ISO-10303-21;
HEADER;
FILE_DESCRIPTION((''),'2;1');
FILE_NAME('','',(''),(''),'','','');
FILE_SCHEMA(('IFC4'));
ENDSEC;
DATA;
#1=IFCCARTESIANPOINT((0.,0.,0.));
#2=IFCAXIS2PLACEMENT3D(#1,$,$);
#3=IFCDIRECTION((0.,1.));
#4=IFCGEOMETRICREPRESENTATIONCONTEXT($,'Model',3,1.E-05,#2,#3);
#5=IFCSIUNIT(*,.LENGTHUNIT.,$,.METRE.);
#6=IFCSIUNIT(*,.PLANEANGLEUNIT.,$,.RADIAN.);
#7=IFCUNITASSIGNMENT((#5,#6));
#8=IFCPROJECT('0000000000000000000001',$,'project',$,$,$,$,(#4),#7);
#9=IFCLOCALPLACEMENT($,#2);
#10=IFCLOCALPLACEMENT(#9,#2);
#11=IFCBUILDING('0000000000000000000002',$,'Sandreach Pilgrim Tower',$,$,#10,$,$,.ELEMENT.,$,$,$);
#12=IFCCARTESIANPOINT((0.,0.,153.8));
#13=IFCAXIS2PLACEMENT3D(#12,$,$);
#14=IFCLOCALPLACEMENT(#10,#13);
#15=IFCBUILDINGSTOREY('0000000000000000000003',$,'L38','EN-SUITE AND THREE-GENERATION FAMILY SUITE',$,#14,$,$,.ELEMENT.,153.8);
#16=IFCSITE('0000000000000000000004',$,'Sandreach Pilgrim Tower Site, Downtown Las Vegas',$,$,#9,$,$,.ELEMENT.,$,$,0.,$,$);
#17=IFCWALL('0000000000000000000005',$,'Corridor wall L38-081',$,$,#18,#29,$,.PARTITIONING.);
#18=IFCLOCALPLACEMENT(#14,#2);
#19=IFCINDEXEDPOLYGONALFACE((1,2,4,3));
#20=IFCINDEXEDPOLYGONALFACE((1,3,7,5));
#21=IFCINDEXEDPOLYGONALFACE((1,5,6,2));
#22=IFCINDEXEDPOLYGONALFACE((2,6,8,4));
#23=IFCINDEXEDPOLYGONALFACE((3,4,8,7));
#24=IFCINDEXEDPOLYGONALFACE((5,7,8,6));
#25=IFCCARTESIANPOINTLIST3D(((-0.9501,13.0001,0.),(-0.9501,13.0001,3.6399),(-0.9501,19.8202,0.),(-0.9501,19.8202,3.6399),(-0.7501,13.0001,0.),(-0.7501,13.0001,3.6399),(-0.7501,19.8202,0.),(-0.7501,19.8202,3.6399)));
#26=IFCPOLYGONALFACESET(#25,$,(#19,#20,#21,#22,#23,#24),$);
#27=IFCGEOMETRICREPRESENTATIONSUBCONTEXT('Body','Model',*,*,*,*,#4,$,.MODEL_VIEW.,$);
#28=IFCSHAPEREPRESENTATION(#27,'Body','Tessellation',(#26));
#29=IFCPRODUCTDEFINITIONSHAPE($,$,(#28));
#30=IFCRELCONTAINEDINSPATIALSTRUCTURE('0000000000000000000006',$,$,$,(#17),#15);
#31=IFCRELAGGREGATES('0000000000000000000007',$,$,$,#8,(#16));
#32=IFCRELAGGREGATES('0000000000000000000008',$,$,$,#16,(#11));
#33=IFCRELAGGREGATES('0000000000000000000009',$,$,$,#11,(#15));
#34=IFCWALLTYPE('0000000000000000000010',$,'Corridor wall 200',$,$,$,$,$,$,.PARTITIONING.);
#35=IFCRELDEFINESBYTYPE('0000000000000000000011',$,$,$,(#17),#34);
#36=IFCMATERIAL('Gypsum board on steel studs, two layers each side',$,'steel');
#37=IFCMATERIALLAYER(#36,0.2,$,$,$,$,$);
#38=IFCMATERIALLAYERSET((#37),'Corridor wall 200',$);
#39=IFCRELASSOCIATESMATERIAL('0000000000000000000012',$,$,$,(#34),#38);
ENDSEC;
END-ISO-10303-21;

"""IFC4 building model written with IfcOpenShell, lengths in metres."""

from ifc_helpers import new_model, si_unit, direction, frame, frame_2d, origin, place, context, subcontext, project, spatial, rectangle, extrude, material, layer, layer_set, type_object, element, save


model = new_model("IFC4")

# Units and contexts
model_context = context("Model", 3, precision=1e-05, world=origin(), true_north=direction((0.0, 1.0)))
body_context = subcontext(model_context, "Body", "Model", "MODEL_VIEW")
ifc_project = project(units=[si_unit("LENGTHUNIT", "METRE"), si_unit("PLANEANGLEUNIT", "RADIAN")], contexts=[model_context])

# Site, building, storey
site_placement = place(None, origin())
site = spatial("IfcSite", under=ifc_project, at=site_placement, Name="Sandreach Pilgrim Tower Site, Downtown Las Vegas", CompositionType="ELEMENT", RefElevation=0.0)
building_placement = place(site_placement, origin())
building = spatial("IfcBuilding", under=site, at=building_placement, Name="Sandreach Pilgrim Tower", CompositionType="ELEMENT")
storey_placement = place(building_placement, frame((0.0, 0.0, 153.8)))
storey = spatial("IfcBuildingStorey", under=building, at=storey_placement, Name="L38", Description="EN-SUITE AND THREE-GENERATION FAMILY SUITE", CompositionType="ELEMENT", Elevation=153.8)

# Shared definitions
ifc_material_1 = material(Name="Gypsum board on steel studs, two layers each side", Category="steel")
ifc_layer_1 = layer(ifc_material_1, 0.2)
ifc_layer_set_1 = layer_set([ifc_layer_1], Name="Corridor wall 200")
wall_type_1 = type_object("IfcWallType", Name="Corridor wall 200", PredefinedType="PARTITIONING", material=ifc_layer_set_1)

# Wall
wall_1_placement = place(storey_placement, frame((-0.8501, 13.0, 0.0), z_axis=(0.0, 0.0, 1.0), x_axis=(0.0, 1.0, 0.0)))
element("IfcWall", 1, at=wall_1_placement, inside=storey, type_object=wall_type_1, Name="Corridor wall L38-081", PredefinedType="PARTITIONING", context=body_context, shape_type="SweptSolid", body=[
    extrude(rectangle(XDim=6.8201, YDim=0.2, at=frame_2d((3.4102, 0.0))), origin(), (0.0, 0.0, 1.0), 3.6399),
])

save(model, "model.ifc")
